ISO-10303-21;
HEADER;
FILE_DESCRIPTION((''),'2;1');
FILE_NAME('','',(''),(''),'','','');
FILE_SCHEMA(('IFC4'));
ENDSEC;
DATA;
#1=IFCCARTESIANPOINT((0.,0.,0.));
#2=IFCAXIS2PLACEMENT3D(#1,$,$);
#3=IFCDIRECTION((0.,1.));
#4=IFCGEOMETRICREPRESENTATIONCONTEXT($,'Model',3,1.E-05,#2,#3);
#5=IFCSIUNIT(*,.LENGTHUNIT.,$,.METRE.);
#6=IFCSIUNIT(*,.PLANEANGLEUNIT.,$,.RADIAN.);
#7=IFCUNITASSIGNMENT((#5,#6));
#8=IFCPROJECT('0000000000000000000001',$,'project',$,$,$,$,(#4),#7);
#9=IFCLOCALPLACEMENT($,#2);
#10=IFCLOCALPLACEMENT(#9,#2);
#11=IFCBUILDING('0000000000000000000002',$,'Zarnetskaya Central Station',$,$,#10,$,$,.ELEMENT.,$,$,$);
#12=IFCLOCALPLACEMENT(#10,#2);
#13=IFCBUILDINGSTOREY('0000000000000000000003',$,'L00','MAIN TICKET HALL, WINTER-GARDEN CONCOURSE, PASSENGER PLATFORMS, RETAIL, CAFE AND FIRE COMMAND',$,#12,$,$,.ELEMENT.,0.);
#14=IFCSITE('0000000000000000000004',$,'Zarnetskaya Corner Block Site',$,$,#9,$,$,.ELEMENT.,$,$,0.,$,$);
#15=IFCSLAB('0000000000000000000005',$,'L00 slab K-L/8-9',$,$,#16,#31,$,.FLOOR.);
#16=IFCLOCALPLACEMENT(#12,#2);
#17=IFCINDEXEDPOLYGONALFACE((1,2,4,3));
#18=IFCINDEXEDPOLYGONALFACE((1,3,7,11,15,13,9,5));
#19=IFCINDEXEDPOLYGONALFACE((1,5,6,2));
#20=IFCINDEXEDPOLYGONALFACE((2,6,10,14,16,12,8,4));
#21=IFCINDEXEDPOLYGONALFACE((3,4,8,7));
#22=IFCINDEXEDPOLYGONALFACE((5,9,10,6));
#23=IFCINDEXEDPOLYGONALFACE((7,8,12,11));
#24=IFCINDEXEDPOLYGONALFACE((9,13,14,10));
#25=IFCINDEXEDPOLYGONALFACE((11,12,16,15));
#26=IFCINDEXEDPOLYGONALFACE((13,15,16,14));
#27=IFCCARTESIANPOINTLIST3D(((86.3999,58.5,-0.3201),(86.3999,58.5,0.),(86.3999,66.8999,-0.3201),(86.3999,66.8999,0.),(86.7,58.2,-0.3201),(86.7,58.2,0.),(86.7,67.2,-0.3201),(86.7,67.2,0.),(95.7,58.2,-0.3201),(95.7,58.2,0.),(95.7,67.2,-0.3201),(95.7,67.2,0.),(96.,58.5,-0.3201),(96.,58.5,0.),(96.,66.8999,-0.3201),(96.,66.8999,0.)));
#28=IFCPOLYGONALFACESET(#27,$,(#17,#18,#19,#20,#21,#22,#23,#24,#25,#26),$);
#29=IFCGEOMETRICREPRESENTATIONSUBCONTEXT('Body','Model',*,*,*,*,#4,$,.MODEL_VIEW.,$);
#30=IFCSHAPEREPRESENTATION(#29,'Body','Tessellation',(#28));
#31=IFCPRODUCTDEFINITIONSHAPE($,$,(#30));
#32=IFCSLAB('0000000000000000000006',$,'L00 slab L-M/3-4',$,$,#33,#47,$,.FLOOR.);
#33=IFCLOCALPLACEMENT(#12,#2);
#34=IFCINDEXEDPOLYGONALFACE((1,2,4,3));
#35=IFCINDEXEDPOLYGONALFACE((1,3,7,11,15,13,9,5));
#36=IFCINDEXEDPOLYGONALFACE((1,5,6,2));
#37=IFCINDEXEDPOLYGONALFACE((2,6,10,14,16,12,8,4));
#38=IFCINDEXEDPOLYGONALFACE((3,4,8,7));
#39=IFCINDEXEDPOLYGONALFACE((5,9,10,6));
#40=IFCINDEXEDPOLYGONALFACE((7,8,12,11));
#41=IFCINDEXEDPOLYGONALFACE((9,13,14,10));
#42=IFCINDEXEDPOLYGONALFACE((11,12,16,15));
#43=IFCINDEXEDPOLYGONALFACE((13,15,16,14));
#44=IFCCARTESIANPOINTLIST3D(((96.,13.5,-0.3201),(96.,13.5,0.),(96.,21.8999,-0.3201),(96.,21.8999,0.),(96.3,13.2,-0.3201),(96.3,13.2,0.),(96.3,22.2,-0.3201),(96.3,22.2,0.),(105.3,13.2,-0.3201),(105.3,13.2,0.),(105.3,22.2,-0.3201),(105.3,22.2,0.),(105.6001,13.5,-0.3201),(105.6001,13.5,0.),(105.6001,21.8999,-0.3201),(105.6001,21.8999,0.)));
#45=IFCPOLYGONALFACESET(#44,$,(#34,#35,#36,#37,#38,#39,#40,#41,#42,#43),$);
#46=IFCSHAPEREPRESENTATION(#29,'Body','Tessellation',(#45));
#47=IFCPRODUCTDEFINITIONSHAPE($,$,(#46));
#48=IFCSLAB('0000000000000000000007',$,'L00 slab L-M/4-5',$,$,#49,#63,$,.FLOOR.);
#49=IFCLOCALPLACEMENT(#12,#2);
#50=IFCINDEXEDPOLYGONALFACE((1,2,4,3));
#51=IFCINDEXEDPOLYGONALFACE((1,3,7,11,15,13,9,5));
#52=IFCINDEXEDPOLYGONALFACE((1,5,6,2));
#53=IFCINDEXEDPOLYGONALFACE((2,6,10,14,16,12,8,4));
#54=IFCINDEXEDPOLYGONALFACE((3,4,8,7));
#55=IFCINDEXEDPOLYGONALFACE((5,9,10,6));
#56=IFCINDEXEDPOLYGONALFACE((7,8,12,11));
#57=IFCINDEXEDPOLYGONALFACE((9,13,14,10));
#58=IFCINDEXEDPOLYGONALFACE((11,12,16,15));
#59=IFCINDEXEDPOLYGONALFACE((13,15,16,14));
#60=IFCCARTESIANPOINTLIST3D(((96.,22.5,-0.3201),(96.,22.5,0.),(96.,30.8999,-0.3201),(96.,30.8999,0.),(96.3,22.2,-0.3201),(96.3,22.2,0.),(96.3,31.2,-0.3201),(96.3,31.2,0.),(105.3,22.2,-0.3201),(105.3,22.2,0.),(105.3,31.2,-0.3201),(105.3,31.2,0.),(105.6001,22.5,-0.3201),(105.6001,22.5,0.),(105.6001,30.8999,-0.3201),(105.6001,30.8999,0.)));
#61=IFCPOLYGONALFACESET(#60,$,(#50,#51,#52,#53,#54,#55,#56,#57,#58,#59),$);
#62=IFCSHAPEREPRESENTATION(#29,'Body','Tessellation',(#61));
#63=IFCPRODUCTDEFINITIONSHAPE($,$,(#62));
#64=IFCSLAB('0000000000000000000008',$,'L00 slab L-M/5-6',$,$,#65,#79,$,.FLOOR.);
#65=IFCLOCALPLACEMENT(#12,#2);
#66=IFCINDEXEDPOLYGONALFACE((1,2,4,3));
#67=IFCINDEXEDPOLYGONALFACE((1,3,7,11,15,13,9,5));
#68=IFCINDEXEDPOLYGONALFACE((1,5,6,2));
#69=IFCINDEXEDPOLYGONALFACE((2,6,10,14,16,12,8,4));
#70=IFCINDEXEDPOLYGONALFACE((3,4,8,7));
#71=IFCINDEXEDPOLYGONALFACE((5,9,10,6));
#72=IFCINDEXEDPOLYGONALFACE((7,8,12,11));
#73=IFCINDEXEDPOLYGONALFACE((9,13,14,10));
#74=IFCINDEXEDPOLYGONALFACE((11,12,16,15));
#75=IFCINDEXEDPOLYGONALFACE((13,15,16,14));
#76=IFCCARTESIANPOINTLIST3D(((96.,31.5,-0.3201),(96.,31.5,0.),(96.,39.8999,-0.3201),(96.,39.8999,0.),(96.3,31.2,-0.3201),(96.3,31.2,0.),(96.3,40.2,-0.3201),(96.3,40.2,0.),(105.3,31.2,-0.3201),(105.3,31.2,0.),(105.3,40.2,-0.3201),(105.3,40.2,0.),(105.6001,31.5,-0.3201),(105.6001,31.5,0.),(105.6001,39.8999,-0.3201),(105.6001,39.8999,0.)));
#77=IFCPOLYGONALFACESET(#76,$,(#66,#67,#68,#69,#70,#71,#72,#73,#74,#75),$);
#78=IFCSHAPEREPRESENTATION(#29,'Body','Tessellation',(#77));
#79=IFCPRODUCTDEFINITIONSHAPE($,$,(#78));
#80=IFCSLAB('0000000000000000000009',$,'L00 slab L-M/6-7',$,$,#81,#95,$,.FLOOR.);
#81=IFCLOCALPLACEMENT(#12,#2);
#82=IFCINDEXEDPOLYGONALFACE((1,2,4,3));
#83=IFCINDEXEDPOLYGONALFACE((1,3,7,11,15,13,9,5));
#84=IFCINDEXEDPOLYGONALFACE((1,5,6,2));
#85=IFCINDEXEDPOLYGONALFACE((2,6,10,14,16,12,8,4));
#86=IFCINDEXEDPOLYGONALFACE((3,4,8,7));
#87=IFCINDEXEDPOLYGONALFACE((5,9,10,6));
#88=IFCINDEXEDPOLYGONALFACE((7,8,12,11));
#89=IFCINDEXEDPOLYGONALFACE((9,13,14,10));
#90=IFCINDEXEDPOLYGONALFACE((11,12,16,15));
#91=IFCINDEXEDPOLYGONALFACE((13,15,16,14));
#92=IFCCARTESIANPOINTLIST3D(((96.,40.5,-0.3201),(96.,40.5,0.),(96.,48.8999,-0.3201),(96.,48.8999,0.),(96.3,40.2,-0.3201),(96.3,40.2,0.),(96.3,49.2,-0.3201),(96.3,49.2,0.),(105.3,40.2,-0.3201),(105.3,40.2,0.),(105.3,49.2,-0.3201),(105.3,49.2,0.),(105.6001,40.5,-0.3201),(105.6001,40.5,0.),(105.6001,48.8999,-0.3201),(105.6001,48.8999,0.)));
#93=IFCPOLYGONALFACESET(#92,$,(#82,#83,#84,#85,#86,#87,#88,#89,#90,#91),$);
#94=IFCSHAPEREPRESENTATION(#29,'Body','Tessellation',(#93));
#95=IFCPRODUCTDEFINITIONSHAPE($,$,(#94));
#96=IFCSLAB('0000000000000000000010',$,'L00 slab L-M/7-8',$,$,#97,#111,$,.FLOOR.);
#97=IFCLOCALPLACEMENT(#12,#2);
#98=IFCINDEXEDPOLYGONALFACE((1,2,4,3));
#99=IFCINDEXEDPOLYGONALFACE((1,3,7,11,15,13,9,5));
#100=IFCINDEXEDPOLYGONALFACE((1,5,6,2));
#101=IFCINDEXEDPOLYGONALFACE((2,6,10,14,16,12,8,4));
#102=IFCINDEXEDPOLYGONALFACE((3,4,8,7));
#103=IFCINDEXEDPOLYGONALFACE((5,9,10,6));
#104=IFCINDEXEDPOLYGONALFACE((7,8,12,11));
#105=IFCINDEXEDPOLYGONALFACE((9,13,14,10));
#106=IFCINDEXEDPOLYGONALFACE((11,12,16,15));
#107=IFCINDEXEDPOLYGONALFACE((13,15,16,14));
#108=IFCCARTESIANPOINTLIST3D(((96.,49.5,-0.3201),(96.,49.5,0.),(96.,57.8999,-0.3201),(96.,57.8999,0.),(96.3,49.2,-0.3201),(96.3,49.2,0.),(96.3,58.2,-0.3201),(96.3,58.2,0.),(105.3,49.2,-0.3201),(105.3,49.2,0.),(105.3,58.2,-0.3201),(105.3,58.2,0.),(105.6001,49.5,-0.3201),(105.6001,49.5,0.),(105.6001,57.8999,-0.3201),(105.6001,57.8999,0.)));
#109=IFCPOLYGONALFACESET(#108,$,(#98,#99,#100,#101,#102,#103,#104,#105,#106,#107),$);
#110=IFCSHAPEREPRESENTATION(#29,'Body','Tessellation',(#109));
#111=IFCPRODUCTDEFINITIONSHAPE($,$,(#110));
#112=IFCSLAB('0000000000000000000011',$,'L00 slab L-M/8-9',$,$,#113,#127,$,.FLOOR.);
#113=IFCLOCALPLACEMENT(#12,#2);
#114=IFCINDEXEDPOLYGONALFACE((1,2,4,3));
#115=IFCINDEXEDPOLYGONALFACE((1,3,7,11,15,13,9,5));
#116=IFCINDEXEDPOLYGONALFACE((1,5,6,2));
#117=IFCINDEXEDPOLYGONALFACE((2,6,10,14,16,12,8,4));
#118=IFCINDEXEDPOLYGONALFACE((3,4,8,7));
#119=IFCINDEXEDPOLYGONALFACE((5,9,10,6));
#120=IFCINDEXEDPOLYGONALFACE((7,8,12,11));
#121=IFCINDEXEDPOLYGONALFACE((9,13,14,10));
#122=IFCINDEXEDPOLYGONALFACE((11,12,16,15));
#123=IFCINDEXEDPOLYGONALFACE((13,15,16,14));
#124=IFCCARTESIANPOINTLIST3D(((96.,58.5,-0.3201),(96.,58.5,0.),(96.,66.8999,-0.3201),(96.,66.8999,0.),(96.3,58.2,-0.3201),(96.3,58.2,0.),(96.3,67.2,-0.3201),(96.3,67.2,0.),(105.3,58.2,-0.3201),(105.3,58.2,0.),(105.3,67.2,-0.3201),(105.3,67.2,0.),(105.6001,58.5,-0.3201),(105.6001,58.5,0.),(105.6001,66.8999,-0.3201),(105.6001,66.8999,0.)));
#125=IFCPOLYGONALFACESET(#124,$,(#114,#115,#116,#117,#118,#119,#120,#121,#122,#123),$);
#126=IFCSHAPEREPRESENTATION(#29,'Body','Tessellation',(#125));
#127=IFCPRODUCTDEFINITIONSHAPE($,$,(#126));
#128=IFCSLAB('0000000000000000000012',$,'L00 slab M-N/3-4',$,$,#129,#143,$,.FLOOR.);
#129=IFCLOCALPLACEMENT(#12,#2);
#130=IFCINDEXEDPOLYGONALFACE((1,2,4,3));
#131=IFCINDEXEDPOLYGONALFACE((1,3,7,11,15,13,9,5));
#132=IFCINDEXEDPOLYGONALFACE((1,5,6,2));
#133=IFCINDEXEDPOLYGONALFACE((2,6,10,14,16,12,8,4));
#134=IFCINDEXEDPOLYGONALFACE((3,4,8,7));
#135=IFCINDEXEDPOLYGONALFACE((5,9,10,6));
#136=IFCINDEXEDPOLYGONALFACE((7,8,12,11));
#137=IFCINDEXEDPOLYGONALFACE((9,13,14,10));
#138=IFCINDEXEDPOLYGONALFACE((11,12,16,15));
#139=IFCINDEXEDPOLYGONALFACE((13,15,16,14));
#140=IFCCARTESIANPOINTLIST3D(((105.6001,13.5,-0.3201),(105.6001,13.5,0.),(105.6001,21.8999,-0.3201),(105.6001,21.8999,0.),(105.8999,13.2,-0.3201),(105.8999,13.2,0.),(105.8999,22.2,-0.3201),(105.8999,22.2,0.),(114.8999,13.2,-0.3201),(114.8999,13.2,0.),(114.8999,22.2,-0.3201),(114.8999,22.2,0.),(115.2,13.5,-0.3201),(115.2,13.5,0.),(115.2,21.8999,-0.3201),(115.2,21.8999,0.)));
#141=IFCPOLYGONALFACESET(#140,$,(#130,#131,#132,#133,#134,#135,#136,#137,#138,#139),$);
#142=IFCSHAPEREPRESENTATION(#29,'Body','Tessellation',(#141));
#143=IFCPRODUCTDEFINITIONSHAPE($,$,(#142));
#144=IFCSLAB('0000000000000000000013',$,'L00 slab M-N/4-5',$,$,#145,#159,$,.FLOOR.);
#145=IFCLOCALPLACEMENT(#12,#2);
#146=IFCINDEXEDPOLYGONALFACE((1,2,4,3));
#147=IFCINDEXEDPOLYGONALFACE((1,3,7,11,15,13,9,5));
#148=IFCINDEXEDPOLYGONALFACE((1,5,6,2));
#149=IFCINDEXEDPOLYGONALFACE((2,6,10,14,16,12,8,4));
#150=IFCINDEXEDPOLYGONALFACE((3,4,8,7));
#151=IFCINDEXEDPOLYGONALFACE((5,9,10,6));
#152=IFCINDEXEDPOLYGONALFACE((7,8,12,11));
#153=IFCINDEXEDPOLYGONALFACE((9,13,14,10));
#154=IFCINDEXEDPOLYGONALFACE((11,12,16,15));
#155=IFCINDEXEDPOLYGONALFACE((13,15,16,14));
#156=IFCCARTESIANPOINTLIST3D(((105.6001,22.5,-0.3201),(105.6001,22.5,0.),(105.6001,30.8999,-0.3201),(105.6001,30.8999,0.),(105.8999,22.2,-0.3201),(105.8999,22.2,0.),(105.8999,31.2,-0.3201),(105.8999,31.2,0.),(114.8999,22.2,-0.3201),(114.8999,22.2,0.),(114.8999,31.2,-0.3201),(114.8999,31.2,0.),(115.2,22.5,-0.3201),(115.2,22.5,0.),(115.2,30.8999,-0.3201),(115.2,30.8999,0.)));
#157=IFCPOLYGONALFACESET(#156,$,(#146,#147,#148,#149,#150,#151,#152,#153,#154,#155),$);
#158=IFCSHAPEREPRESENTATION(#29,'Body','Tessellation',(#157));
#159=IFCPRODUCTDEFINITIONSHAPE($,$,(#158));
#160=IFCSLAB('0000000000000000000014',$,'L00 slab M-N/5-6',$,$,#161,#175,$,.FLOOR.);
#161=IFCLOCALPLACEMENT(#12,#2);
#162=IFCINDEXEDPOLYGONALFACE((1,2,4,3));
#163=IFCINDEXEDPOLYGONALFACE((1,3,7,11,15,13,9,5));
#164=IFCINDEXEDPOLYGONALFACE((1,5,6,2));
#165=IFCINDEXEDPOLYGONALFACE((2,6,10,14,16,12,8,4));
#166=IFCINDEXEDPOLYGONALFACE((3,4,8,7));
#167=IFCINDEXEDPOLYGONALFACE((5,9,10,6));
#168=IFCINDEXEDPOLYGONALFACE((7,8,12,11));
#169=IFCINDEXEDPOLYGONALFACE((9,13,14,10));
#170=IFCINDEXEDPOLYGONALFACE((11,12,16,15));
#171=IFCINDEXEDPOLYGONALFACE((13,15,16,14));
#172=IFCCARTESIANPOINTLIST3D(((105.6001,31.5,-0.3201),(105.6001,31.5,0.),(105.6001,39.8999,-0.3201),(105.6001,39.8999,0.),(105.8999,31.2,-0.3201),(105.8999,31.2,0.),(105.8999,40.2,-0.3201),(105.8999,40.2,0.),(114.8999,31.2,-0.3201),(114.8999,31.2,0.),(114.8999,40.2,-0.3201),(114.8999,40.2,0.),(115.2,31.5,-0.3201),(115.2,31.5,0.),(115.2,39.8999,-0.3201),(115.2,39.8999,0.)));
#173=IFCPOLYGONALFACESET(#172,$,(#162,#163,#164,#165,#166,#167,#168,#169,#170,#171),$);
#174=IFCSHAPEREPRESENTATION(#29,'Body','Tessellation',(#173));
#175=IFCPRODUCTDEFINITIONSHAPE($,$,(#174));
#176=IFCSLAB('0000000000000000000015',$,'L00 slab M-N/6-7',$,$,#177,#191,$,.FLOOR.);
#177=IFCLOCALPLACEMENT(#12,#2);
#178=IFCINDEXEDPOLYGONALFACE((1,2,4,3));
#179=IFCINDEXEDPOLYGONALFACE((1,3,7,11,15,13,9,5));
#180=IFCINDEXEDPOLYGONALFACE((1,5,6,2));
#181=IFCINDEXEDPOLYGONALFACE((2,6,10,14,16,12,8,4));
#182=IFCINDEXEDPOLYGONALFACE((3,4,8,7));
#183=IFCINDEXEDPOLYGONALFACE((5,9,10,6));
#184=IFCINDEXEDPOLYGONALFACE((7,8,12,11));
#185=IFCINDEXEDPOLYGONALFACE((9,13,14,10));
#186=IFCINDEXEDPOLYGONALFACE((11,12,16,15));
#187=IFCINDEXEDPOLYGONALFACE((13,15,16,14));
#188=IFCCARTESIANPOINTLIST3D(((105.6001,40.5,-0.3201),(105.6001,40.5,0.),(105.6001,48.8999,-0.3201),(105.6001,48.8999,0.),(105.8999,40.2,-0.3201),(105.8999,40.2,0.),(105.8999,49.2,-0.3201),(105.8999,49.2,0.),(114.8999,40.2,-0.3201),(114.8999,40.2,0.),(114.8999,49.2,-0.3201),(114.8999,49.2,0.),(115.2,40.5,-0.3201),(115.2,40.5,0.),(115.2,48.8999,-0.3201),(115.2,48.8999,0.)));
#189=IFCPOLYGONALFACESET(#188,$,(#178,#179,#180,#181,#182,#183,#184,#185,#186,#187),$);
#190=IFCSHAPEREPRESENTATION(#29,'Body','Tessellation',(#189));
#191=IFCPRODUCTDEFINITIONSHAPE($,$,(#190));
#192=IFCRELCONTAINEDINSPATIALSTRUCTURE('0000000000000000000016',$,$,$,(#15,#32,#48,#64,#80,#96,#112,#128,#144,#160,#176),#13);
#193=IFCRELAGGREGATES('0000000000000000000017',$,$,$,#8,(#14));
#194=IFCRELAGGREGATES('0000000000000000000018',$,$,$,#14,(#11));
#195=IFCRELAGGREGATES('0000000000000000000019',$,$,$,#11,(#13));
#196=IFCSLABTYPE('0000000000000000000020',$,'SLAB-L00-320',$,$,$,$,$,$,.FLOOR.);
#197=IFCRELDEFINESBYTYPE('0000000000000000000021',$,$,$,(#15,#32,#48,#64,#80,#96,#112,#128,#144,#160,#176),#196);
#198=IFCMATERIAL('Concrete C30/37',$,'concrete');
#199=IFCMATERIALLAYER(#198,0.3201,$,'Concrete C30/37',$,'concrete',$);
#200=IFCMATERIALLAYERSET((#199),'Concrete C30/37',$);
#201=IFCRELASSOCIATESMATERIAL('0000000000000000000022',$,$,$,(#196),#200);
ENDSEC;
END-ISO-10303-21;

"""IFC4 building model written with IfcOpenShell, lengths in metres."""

from ifc_helpers import new_model, si_unit, direction, frame, origin, place, context, subcontext, project, spatial, polyline, outline, extrude, material, layer, layer_set, type_object, element, save


model = new_model("IFC4")

# Units and contexts
model_context = context("Model", 3, precision=1e-05, world=origin(), true_north=direction((0.0, 1.0)))
body_context = subcontext(model_context, "Body", "Model", "MODEL_VIEW")
ifc_project = project(units=[si_unit("LENGTHUNIT", "METRE"), si_unit("PLANEANGLEUNIT", "RADIAN")], contexts=[model_context])

# Site, building, storey
site_placement = place(None, origin())
site = spatial("IfcSite", under=ifc_project, at=site_placement, Name="Zarnetskaya Corner Block Site", CompositionType="ELEMENT", RefElevation=0.0)
building_placement = place(site_placement, origin())
building = spatial("IfcBuilding", under=site, at=building_placement, Name="Zarnetskaya Central Station", CompositionType="ELEMENT")
storey_placement = place(building_placement, origin())
storey = spatial("IfcBuildingStorey", under=building, at=storey_placement, Name="L00", Description="MAIN TICKET HALL, WINTER-GARDEN CONCOURSE, PASSENGER PLATFORMS, RETAIL, CAFE AND FIRE COMMAND", CompositionType="ELEMENT", Elevation=0.0)

# Slabs
ifc_material = material(Name="Concrete C30/37", Category="concrete")
ifc_layer = layer(ifc_material, 0.3201, Name="Concrete C30/37", Category="concrete")
ifc_layer_set = layer_set([ifc_layer], Name="Concrete C30/37")
slab_type = type_object("IfcSlabType", Name="SLAB-L00-320", PredefinedType="FLOOR", material=ifc_layer_set)
slab_1_placement = place(storey_placement, frame((0.0, 0.0, -0.3201)))
element("IfcSlab", 1, at=slab_1_placement, inside=storey, type_object=slab_type, Name="L00 slab K-L/8-9", PredefinedType="FLOOR", context=body_context, shape_type="SweptSolid", body=[
    extrude(outline(polyline([(86.7, 58.2), (95.7, 58.2), (96.0, 58.5), (96.0, 66.8999), (95.7, 67.2), (86.7, 67.2), (86.3999, 66.8999), (86.3999, 58.5), (86.7, 58.2)])), origin(), (0.0, 0.0, 1.0), 0.3201),
])
slab_2_placement = place(storey_placement, frame((0.0, 0.0, -0.3201)))
element("IfcSlab", 2, at=slab_2_placement, inside=storey, type_object=slab_type, Name="L00 slab L-M/3-4", PredefinedType="FLOOR", context=body_context, shape_type="SweptSolid", body=[
    extrude(outline(polyline([(96.3, 13.2), (105.3, 13.2), (105.6001, 13.5), (105.6001, 21.8999), (105.3, 22.2), (96.3, 22.2), (96.0, 21.8999), (96.0, 13.5), (96.3, 13.2)])), origin(), (0.0, 0.0, 1.0), 0.3201),
])
slab_3_placement = place(storey_placement, frame((0.0, 0.0, -0.3201)))
element("IfcSlab", 3, at=slab_3_placement, inside=storey, type_object=slab_type, Name="L00 slab L-M/4-5", PredefinedType="FLOOR", context=body_context, shape_type="SweptSolid", body=[
    extrude(outline(polyline([(96.3, 22.2), (105.3, 22.2), (105.6001, 22.5), (105.6001, 30.8999), (105.3, 31.2), (96.3, 31.2), (96.0, 30.8999), (96.0, 22.5), (96.3, 22.2)])), origin(), (0.0, 0.0, 1.0), 0.3201),
])
slab_4_placement = place(storey_placement, frame((0.0, 0.0, -0.3201)))
element("IfcSlab", 4, at=slab_4_placement, inside=storey, type_object=slab_type, Name="L00 slab L-M/5-6", PredefinedType="FLOOR", context=body_context, shape_type="SweptSolid", body=[
    extrude(outline(polyline([(96.3, 31.2), (105.3, 31.2), (105.6001, 31.5), (105.6001, 39.8999), (105.3, 40.2), (96.3, 40.2), (96.0, 39.8999), (96.0, 31.5), (96.3, 31.2)])), origin(), (0.0, 0.0, 1.0), 0.3201),
])
slab_5_placement = place(storey_placement, frame((0.0, 0.0, -0.3201)))
element("IfcSlab", 5, at=slab_5_placement, inside=storey, type_object=slab_type, Name="L00 slab L-M/6-7", PredefinedType="FLOOR", context=body_context, shape_type="SweptSolid", body=[
    extrude(outline(polyline([(96.3, 40.2), (105.3, 40.2), (105.6001, 40.5), (105.6001, 48.8999), (105.3, 49.2), (96.3, 49.2), (96.0, 48.8999), (96.0, 40.5), (96.3, 40.2)])), origin(), (0.0, 0.0, 1.0), 0.3201),
])
slab_6_placement = place(storey_placement, frame((0.0, 0.0, -0.3201)))
element("IfcSlab", 6, at=slab_6_placement, inside=storey, type_object=slab_type, Name="L00 slab L-M/7-8", PredefinedType="FLOOR", context=body_context, shape_type="SweptSolid", body=[
    extrude(outline(polyline([(96.3, 49.2), (105.3, 49.2), (105.6001, 49.5), (105.6001, 57.8999), (105.3, 58.2), (96.3, 58.2), (96.0, 57.8999), (96.0, 49.5), (96.3, 49.2)])), origin(), (0.0, 0.0, 1.0), 0.3201),
])
slab_7_placement = place(storey_placement, frame((0.0, 0.0, -0.3201)))
element("IfcSlab", 7, at=slab_7_placement, inside=storey, type_object=slab_type, Name="L00 slab L-M/8-9", PredefinedType="FLOOR", context=body_context, shape_type="SweptSolid", body=[
    extrude(outline(polyline([(96.3, 58.2), (105.3, 58.2), (105.6001, 58.5), (105.6001, 66.8999), (105.3, 67.2), (96.3, 67.2), (96.0, 66.8999), (96.0, 58.5), (96.3, 58.2)])), origin(), (0.0, 0.0, 1.0), 0.3201),
])
slab_8_placement = place(storey_placement, frame((0.0, 0.0, -0.3201)))
element("IfcSlab", 8, at=slab_8_placement, inside=storey, type_object=slab_type, Name="L00 slab M-N/3-4", PredefinedType="FLOOR", context=body_context, shape_type="SweptSolid", body=[
    extrude(outline(polyline([(105.8999, 13.2), (114.8999, 13.2), (115.2, 13.5), (115.2, 21.8999), (114.8999, 22.2), (105.8999, 22.2), (105.6001, 21.8999), (105.6001, 13.5), (105.8999, 13.2)])), origin(), (0.0, 0.0, 1.0), 0.3201),
])
slab_9_placement = place(storey_placement, frame((0.0, 0.0, -0.3201)))
element("IfcSlab", 9, at=slab_9_placement, inside=storey, type_object=slab_type, Name="L00 slab M-N/4-5", PredefinedType="FLOOR", context=body_context, shape_type="SweptSolid", body=[
    extrude(outline(polyline([(105.8999, 22.2), (114.8999, 22.2), (115.2, 22.5), (115.2, 30.8999), (114.8999, 31.2), (105.8999, 31.2), (105.6001, 30.8999), (105.6001, 22.5), (105.8999, 22.2)])), origin(), (0.0, 0.0, 1.0), 0.3201),
])
slab_10_placement = place(storey_placement, frame((0.0, 0.0, -0.3201)))
element("IfcSlab", 10, at=slab_10_placement, inside=storey, type_object=slab_type, Name="L00 slab M-N/5-6", PredefinedType="FLOOR", context=body_context, shape_type="SweptSolid", body=[
    extrude(outline(polyline([(105.8999, 31.2), (114.8999, 31.2), (115.2, 31.5), (115.2, 39.8999), (114.8999, 40.2), (105.8999, 40.2), (105.6001, 39.8999), (105.6001, 31.5), (105.8999, 31.2)])), origin(), (0.0, 0.0, 1.0), 0.3201),
])
slab_11_placement = place(storey_placement, frame((0.0, 0.0, -0.3201)))
element("IfcSlab", 11, at=slab_11_placement, inside=storey, type_object=slab_type, Name="L00 slab M-N/6-7", PredefinedType="FLOOR", context=body_context, shape_type="SweptSolid", body=[
    extrude(outline(polyline([(105.8999, 40.2), (114.8999, 40.2), (115.2, 40.5), (115.2, 48.8999), (114.8999, 49.2), (105.8999, 49.2), (105.6001, 48.8999), (105.6001, 40.5), (105.8999, 40.2)])), origin(), (0.0, 0.0, 1.0), 0.3201),
])

save(model, "model.ifc")
